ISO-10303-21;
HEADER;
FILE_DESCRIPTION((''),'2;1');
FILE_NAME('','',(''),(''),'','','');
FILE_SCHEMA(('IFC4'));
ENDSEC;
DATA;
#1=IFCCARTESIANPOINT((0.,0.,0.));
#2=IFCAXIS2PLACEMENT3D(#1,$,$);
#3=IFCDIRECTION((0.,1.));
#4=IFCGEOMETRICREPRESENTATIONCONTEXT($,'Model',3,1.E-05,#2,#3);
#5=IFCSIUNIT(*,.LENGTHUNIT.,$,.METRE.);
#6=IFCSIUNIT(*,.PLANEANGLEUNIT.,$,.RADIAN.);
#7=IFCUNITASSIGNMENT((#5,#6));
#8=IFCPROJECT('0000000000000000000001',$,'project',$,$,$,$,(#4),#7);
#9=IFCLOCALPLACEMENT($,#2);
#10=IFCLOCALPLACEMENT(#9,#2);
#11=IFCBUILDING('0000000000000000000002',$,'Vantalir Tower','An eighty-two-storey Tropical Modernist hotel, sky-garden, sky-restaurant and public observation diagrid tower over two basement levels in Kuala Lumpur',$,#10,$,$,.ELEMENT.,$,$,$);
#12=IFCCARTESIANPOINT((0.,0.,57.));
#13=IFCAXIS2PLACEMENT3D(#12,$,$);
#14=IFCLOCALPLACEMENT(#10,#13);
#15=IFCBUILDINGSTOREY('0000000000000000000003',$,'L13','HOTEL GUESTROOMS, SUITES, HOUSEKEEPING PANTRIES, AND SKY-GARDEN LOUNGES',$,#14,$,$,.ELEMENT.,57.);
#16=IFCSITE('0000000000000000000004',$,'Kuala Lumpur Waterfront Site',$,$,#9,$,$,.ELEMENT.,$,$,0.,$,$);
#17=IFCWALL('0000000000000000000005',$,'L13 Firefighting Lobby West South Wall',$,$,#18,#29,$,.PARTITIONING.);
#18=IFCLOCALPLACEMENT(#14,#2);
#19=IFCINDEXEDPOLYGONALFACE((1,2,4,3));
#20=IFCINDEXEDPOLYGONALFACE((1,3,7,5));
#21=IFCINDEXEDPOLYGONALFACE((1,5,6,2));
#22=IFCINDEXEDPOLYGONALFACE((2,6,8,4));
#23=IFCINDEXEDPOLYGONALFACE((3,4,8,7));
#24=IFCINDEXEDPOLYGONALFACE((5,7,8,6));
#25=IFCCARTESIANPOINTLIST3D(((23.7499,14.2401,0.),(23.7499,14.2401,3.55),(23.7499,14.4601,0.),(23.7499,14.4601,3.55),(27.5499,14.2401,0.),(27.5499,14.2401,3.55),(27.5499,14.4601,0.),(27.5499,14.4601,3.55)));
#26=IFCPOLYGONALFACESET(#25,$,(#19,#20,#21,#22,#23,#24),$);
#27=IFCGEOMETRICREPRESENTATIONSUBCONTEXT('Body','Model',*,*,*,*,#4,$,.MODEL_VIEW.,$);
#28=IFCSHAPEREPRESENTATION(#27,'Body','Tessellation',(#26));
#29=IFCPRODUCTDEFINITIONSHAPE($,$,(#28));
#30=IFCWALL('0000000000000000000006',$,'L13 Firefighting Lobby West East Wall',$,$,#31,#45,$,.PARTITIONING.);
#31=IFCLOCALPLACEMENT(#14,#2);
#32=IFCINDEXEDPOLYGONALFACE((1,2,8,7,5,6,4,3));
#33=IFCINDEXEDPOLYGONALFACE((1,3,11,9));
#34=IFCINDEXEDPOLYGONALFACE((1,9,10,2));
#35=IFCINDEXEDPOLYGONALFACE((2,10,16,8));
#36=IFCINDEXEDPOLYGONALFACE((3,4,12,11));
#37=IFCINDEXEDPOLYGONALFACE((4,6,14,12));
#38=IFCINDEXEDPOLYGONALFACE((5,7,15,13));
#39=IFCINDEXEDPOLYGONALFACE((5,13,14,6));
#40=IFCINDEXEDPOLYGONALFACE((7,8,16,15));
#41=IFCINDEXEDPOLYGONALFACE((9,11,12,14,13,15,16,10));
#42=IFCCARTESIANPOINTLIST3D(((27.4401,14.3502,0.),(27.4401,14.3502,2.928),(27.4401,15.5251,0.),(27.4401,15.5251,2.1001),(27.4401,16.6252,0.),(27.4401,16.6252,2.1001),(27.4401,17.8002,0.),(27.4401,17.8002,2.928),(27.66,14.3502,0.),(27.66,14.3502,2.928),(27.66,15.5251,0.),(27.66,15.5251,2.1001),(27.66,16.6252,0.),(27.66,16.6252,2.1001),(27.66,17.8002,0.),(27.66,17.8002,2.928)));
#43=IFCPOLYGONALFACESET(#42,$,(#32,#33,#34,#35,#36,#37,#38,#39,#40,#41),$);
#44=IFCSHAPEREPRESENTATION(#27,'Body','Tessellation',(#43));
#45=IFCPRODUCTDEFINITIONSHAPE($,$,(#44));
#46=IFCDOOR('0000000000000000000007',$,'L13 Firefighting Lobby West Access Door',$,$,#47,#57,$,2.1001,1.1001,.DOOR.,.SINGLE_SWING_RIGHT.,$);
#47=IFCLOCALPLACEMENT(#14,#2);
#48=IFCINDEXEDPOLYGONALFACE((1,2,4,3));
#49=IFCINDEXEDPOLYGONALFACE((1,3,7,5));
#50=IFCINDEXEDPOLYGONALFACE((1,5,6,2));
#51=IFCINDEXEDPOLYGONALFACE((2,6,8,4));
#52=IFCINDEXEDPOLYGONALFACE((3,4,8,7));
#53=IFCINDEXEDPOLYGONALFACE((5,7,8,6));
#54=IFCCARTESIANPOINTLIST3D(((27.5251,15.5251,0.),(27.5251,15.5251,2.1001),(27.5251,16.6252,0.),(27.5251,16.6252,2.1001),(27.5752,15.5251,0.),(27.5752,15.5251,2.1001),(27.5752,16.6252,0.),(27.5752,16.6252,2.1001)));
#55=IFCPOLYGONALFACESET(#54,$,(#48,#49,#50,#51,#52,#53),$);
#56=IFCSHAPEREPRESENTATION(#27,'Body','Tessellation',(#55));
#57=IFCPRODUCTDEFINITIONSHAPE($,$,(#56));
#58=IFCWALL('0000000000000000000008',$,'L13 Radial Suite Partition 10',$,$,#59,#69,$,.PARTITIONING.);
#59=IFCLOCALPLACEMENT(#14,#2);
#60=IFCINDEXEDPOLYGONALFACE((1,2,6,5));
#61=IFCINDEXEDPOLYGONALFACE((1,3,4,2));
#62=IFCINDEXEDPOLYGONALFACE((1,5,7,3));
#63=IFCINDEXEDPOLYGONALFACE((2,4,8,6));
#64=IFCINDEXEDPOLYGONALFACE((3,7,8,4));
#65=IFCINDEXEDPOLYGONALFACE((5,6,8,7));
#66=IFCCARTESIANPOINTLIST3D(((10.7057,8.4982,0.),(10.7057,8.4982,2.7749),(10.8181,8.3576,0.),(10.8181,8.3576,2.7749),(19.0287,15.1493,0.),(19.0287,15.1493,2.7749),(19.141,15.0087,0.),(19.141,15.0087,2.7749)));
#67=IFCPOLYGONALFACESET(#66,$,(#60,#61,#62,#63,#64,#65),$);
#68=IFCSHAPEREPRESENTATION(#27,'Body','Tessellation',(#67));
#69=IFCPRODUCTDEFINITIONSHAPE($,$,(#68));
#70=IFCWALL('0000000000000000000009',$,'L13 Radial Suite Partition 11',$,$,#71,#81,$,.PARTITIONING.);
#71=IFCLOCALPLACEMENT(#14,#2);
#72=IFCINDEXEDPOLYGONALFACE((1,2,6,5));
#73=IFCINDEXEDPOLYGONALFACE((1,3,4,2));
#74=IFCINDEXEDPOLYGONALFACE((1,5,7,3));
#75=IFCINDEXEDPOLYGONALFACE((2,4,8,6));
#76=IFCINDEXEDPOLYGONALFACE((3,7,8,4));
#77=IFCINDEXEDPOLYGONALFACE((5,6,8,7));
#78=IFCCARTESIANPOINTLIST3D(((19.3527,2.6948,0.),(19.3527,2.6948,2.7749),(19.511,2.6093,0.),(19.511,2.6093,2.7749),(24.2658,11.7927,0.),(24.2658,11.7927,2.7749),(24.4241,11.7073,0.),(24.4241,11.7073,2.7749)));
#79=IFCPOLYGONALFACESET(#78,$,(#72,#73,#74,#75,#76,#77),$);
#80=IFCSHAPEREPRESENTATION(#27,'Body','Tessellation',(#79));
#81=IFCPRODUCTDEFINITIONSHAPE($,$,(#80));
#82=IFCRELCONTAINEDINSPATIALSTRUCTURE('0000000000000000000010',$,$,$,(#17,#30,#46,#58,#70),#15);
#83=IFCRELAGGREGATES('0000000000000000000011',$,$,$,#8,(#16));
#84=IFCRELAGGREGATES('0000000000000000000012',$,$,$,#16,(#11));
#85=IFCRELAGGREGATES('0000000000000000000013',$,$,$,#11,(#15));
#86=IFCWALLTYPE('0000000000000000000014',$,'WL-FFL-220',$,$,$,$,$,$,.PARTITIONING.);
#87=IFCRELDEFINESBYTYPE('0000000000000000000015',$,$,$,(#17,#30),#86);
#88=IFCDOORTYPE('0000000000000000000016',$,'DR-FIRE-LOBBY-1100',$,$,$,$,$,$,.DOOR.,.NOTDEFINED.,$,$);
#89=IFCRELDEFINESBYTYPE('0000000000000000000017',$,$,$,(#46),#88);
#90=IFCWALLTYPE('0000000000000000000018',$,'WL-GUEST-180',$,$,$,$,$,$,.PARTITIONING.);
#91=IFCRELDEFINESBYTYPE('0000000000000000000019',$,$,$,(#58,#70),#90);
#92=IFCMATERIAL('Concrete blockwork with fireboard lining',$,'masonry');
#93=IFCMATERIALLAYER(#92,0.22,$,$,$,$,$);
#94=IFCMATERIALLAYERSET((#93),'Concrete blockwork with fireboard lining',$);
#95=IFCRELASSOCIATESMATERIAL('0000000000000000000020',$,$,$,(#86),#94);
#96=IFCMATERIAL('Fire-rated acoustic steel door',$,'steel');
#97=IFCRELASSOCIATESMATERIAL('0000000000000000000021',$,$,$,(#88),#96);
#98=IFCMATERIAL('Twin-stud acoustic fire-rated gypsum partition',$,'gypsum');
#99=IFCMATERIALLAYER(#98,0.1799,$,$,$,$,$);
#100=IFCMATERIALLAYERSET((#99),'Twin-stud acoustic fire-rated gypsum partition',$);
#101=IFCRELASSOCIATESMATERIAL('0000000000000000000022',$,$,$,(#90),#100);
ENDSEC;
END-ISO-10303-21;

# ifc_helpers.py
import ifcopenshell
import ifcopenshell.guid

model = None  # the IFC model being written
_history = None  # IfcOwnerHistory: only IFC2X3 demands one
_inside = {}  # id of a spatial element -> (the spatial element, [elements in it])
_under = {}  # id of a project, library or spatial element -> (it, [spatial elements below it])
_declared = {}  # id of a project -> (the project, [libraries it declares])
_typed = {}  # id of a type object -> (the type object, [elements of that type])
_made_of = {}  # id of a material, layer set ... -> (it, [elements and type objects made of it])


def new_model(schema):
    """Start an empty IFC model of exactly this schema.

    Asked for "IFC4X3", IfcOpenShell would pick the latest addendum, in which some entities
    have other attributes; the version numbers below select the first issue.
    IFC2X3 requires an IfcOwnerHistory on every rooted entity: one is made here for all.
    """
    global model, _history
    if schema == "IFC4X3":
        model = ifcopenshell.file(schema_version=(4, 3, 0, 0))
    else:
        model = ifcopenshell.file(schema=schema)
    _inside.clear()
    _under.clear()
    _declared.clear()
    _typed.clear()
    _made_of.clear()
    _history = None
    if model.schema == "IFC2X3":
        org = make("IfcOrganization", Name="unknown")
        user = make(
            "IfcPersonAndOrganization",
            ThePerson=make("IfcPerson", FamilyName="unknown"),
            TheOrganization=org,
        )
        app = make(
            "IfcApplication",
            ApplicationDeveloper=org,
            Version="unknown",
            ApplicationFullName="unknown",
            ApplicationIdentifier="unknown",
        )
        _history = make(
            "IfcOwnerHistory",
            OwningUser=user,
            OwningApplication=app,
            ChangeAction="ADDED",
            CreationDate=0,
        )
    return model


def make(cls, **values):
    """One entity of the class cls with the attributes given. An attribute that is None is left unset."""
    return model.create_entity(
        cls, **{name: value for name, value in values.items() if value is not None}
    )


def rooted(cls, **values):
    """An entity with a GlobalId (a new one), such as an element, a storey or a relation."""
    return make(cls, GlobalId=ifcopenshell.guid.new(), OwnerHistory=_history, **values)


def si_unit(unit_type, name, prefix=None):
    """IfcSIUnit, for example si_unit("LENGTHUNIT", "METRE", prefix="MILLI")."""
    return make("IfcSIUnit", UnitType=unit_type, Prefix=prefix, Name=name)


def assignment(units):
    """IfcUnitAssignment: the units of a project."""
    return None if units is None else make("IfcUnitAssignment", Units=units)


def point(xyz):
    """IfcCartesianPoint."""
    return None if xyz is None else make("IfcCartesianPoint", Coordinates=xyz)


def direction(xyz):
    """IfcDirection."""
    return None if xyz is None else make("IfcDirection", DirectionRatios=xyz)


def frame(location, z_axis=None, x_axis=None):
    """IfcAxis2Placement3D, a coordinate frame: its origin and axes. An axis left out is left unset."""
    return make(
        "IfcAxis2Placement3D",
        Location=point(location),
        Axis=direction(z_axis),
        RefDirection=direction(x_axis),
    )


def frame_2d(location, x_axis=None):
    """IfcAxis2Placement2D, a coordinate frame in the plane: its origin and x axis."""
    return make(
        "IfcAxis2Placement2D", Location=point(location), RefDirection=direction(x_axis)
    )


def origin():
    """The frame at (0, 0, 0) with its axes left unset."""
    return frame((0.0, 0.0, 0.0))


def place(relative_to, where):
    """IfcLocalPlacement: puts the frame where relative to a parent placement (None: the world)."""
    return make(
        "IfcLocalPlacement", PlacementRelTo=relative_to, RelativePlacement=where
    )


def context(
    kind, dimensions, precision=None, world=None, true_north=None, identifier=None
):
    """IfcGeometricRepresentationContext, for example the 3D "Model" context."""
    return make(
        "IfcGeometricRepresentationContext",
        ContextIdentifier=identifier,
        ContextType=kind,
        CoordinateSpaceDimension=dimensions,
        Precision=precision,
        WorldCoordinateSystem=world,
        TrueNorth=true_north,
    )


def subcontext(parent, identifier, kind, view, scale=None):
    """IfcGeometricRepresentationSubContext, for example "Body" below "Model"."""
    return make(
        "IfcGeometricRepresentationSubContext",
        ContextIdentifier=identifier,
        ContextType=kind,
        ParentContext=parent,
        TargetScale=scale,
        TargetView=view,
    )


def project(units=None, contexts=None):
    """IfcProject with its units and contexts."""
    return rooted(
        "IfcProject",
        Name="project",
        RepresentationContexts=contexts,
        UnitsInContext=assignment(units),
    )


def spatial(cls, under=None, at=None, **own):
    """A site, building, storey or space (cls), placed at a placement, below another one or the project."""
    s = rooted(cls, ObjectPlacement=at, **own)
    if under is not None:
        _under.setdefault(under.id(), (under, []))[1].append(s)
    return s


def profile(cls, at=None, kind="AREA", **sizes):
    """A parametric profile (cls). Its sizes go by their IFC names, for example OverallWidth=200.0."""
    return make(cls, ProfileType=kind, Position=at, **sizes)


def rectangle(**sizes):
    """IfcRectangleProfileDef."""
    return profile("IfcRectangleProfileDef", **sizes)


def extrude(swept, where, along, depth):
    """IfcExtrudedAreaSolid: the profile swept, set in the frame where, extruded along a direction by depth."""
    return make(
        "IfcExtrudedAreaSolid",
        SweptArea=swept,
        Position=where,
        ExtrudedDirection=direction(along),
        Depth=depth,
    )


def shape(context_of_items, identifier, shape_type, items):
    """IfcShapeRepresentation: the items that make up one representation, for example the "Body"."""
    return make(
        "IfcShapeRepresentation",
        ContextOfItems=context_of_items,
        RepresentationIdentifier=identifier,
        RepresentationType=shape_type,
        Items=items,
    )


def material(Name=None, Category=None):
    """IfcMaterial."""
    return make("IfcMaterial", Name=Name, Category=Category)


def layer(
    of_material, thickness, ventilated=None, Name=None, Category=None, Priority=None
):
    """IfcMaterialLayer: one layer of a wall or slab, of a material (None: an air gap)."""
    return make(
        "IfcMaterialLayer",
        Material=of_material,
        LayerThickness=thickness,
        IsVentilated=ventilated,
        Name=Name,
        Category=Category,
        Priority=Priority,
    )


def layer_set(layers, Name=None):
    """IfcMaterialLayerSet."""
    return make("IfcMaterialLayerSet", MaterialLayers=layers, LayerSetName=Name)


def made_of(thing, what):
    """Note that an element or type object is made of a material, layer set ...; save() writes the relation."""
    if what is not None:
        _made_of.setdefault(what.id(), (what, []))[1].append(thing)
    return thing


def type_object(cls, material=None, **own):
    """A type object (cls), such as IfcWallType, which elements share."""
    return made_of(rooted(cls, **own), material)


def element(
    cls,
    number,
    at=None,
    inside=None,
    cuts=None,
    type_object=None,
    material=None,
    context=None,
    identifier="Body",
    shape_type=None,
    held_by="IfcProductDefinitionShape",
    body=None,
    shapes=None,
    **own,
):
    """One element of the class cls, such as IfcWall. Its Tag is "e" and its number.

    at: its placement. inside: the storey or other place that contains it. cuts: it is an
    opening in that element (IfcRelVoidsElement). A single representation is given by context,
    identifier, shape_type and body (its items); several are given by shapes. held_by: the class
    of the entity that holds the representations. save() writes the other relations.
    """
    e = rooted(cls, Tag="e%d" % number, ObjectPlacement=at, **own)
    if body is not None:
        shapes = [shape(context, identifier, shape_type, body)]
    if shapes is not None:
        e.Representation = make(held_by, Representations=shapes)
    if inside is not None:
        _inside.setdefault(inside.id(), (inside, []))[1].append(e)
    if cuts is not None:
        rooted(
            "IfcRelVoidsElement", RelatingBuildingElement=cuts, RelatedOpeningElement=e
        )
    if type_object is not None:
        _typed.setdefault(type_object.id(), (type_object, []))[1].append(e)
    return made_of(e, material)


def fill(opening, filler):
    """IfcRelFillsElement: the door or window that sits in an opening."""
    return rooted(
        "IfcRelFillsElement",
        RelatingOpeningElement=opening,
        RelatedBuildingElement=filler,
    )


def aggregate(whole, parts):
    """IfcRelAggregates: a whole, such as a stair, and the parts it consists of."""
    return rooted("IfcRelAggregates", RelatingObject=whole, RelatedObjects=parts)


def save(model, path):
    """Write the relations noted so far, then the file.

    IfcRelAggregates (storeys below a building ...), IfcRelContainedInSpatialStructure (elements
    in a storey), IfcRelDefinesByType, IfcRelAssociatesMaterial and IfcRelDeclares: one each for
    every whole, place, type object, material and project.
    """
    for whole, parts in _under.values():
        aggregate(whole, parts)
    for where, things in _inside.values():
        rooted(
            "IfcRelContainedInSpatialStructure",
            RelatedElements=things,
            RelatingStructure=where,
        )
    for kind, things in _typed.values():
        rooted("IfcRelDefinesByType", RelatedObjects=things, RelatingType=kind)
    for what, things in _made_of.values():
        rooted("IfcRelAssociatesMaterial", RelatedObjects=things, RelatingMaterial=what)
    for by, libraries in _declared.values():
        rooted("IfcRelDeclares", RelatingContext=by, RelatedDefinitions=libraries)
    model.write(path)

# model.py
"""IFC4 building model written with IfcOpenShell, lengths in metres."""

from ifc_helpers import new_model, si_unit, direction, frame, frame_2d, origin, place, context, subcontext, project, spatial, rectangle, extrude, material, layer, layer_set, type_object, element, fill, save


model = new_model("IFC4")

# Units and contexts
model_context = context("Model", 3, precision=1e-05, world=origin(), true_north=direction((0.0, 1.0)))
body_context = subcontext(model_context, "Body", "Model", "MODEL_VIEW")
ifc_project = project(units=[si_unit("LENGTHUNIT", "METRE"), si_unit("PLANEANGLEUNIT", "RADIAN")], contexts=[model_context])

# Site, building, storey
site_placement = place(None, origin())
site = spatial("IfcSite", under=ifc_project, at=site_placement, Name="Kuala Lumpur Waterfront Site", CompositionType="ELEMENT", RefElevation=0.0)
building_placement = place(site_placement, origin())
building = spatial("IfcBuilding", under=site, at=building_placement, Name="Vantalir Tower", Description="An eighty-two-storey Tropical Modernist hotel, sky-garden, sky-restaurant and public observation diagrid tower over two basement levels in Kuala Lumpur", CompositionType="ELEMENT")
storey_placement = place(building_placement, frame((0.0, 0.0, 57.0)))
storey = spatial("IfcBuildingStorey", under=building, at=storey_placement, Name="L13", Description="HOTEL GUESTROOMS, SUITES, HOUSEKEEPING PANTRIES, AND SKY-GARDEN LOUNGES", CompositionType="ELEMENT", Elevation=57.0)

# Wall
ifc_material_1 = material(Name="Concrete blockwork with fireboard lining", Category="masonry")
ifc_layer_1 = layer(ifc_material_1, 0.22)
ifc_layer_set_1 = layer_set([ifc_layer_1], Name="Concrete blockwork with fireboard lining")
wall_type_1 = type_object("IfcWallType", Name="WL-FFL-220", PredefinedType="PARTITIONING", material=ifc_layer_set_1)
wall_1_placement = place(storey_placement, frame((23.75, 14.3501, 0.0), z_axis=(0.0, 0.0, 1.0), x_axis=(1.0, 0.0, 0.0)))
element("IfcWall", 1, at=wall_1_placement, inside=storey, type_object=wall_type_1, Name="L13 Firefighting Lobby West South Wall", PredefinedType="PARTITIONING", context=body_context, shape_type="SweptSolid", body=[
    extrude(rectangle(XDim=3.8, YDim=0.22, at=frame_2d((1.8999, 0.0))), origin(), (0.0, 0.0, 1.0), 3.55),
])

# Wall, opening, door
wall_2_placement = place(storey_placement, frame((27.55, 14.3501, 0.0), z_axis=(0.0, 0.0, 1.0), x_axis=(0.0, 1.0, 0.0)))
wall_2 = element("IfcWall", 2, at=wall_2_placement, inside=storey, type_object=wall_type_1, Name="L13 Firefighting Lobby West East Wall", PredefinedType="PARTITIONING", context=body_context, shape_type="SweptSolid", body=[
    extrude(rectangle(XDim=3.45, YDim=0.22, at=frame_2d((1.7251, 0.0))), origin(), (0.0, 0.0, 1.0), 2.928),
])
opening_1_placement = place(wall_2_placement, frame((1.175, 0.0, 0.0)))
opening_1 = element("IfcOpeningElement", 3, at=opening_1_placement, cuts=wall_2, PredefinedType="OPENING", context=body_context, shape_type="SweptSolid", body=[
    extrude(rectangle(XDim=1.1001, YDim=2.1001, at=frame_2d((0.55, 1.05))), frame((0.0, 0.1199, 0.0), z_axis=(0.0, -1.0, 0.0), x_axis=(1.0, 0.0, 0.0)), (0.0, 0.0, 1.0), 0.24),
])
ifc_material_2 = material(Name="Fire-rated acoustic steel door", Category="steel")
door_type_1 = type_object("IfcDoorType", Name="DR-FIRE-LOBBY-1100", OperationType="NOTDEFINED", PredefinedType="DOOR", material=ifc_material_2)
door_1_placement = place(opening_1_placement, origin())
door_1 = element("IfcDoor", 4, at=door_1_placement, inside=storey, type_object=door_type_1, Name="L13 Firefighting Lobby West Access Door", OperationType="SINGLE_SWING_RIGHT", OverallHeight=2.1001, OverallWidth=1.1001, PredefinedType="DOOR", context=body_context, shape_type="SweptSolid", body=[
    extrude(rectangle(XDim=1.1001, YDim=2.1001, at=frame_2d((0.55, 1.05))), frame((0.0, 0.0249, 0.0), z_axis=(0.0, -1.0, 0.0), x_axis=(1.0, 0.0, 0.0)), (0.0, 0.0, 1.0), 0.05),
])
fill(opening_1, door_1)

# Walls
ifc_material_3 = material(Name="Twin-stud acoustic fire-rated gypsum partition", Category="gypsum")
ifc_layer_2 = layer(ifc_material_3, 0.1799)
ifc_layer_set_2 = layer_set([ifc_layer_2], Name="Twin-stud acoustic fire-rated gypsum partition")
wall_type_2 = type_object("IfcWallType", Name="WL-GUEST-180", PredefinedType="PARTITIONING", material=ifc_layer_set_2)
wall_3_placement = place(storey_placement, frame((19.085, 15.0791, 0.0), z_axis=(0.0, 0.0, 1.0), x_axis=(-0.781202, -0.624279, 0.0)))
element("IfcWall", 5, at=wall_3_placement, inside=storey, type_object=wall_type_2, Name="L13 Radial Suite Partition 10", PredefinedType="PARTITIONING", context=body_context, shape_type="SweptSolid", body=[
    extrude(rectangle(XDim=10.6541, YDim=0.1799, at=frame_2d((5.3271, 0.0))), origin(), (0.0, 0.0, 1.0), 2.7749),
])
wall_4_placement = place(storey_placement, frame((24.345, 11.75, 0.0), z_axis=(0.0, 0.0, 1.0), x_axis=(-0.475165, -0.879897, 0.0)))
element("IfcWall", 6, at=wall_4_placement, inside=storey, type_object=wall_type_2, Name="L13 Radial Suite Partition 11", PredefinedType="PARTITIONING", context=body_context, shape_type="SweptSolid", body=[
    extrude(rectangle(XDim=10.3398, YDim=0.1799, at=frame_2d((5.1699, 0.0))), origin(), (0.0, 0.0, 1.0), 2.7749),
])

save(model, "model.ifc")
